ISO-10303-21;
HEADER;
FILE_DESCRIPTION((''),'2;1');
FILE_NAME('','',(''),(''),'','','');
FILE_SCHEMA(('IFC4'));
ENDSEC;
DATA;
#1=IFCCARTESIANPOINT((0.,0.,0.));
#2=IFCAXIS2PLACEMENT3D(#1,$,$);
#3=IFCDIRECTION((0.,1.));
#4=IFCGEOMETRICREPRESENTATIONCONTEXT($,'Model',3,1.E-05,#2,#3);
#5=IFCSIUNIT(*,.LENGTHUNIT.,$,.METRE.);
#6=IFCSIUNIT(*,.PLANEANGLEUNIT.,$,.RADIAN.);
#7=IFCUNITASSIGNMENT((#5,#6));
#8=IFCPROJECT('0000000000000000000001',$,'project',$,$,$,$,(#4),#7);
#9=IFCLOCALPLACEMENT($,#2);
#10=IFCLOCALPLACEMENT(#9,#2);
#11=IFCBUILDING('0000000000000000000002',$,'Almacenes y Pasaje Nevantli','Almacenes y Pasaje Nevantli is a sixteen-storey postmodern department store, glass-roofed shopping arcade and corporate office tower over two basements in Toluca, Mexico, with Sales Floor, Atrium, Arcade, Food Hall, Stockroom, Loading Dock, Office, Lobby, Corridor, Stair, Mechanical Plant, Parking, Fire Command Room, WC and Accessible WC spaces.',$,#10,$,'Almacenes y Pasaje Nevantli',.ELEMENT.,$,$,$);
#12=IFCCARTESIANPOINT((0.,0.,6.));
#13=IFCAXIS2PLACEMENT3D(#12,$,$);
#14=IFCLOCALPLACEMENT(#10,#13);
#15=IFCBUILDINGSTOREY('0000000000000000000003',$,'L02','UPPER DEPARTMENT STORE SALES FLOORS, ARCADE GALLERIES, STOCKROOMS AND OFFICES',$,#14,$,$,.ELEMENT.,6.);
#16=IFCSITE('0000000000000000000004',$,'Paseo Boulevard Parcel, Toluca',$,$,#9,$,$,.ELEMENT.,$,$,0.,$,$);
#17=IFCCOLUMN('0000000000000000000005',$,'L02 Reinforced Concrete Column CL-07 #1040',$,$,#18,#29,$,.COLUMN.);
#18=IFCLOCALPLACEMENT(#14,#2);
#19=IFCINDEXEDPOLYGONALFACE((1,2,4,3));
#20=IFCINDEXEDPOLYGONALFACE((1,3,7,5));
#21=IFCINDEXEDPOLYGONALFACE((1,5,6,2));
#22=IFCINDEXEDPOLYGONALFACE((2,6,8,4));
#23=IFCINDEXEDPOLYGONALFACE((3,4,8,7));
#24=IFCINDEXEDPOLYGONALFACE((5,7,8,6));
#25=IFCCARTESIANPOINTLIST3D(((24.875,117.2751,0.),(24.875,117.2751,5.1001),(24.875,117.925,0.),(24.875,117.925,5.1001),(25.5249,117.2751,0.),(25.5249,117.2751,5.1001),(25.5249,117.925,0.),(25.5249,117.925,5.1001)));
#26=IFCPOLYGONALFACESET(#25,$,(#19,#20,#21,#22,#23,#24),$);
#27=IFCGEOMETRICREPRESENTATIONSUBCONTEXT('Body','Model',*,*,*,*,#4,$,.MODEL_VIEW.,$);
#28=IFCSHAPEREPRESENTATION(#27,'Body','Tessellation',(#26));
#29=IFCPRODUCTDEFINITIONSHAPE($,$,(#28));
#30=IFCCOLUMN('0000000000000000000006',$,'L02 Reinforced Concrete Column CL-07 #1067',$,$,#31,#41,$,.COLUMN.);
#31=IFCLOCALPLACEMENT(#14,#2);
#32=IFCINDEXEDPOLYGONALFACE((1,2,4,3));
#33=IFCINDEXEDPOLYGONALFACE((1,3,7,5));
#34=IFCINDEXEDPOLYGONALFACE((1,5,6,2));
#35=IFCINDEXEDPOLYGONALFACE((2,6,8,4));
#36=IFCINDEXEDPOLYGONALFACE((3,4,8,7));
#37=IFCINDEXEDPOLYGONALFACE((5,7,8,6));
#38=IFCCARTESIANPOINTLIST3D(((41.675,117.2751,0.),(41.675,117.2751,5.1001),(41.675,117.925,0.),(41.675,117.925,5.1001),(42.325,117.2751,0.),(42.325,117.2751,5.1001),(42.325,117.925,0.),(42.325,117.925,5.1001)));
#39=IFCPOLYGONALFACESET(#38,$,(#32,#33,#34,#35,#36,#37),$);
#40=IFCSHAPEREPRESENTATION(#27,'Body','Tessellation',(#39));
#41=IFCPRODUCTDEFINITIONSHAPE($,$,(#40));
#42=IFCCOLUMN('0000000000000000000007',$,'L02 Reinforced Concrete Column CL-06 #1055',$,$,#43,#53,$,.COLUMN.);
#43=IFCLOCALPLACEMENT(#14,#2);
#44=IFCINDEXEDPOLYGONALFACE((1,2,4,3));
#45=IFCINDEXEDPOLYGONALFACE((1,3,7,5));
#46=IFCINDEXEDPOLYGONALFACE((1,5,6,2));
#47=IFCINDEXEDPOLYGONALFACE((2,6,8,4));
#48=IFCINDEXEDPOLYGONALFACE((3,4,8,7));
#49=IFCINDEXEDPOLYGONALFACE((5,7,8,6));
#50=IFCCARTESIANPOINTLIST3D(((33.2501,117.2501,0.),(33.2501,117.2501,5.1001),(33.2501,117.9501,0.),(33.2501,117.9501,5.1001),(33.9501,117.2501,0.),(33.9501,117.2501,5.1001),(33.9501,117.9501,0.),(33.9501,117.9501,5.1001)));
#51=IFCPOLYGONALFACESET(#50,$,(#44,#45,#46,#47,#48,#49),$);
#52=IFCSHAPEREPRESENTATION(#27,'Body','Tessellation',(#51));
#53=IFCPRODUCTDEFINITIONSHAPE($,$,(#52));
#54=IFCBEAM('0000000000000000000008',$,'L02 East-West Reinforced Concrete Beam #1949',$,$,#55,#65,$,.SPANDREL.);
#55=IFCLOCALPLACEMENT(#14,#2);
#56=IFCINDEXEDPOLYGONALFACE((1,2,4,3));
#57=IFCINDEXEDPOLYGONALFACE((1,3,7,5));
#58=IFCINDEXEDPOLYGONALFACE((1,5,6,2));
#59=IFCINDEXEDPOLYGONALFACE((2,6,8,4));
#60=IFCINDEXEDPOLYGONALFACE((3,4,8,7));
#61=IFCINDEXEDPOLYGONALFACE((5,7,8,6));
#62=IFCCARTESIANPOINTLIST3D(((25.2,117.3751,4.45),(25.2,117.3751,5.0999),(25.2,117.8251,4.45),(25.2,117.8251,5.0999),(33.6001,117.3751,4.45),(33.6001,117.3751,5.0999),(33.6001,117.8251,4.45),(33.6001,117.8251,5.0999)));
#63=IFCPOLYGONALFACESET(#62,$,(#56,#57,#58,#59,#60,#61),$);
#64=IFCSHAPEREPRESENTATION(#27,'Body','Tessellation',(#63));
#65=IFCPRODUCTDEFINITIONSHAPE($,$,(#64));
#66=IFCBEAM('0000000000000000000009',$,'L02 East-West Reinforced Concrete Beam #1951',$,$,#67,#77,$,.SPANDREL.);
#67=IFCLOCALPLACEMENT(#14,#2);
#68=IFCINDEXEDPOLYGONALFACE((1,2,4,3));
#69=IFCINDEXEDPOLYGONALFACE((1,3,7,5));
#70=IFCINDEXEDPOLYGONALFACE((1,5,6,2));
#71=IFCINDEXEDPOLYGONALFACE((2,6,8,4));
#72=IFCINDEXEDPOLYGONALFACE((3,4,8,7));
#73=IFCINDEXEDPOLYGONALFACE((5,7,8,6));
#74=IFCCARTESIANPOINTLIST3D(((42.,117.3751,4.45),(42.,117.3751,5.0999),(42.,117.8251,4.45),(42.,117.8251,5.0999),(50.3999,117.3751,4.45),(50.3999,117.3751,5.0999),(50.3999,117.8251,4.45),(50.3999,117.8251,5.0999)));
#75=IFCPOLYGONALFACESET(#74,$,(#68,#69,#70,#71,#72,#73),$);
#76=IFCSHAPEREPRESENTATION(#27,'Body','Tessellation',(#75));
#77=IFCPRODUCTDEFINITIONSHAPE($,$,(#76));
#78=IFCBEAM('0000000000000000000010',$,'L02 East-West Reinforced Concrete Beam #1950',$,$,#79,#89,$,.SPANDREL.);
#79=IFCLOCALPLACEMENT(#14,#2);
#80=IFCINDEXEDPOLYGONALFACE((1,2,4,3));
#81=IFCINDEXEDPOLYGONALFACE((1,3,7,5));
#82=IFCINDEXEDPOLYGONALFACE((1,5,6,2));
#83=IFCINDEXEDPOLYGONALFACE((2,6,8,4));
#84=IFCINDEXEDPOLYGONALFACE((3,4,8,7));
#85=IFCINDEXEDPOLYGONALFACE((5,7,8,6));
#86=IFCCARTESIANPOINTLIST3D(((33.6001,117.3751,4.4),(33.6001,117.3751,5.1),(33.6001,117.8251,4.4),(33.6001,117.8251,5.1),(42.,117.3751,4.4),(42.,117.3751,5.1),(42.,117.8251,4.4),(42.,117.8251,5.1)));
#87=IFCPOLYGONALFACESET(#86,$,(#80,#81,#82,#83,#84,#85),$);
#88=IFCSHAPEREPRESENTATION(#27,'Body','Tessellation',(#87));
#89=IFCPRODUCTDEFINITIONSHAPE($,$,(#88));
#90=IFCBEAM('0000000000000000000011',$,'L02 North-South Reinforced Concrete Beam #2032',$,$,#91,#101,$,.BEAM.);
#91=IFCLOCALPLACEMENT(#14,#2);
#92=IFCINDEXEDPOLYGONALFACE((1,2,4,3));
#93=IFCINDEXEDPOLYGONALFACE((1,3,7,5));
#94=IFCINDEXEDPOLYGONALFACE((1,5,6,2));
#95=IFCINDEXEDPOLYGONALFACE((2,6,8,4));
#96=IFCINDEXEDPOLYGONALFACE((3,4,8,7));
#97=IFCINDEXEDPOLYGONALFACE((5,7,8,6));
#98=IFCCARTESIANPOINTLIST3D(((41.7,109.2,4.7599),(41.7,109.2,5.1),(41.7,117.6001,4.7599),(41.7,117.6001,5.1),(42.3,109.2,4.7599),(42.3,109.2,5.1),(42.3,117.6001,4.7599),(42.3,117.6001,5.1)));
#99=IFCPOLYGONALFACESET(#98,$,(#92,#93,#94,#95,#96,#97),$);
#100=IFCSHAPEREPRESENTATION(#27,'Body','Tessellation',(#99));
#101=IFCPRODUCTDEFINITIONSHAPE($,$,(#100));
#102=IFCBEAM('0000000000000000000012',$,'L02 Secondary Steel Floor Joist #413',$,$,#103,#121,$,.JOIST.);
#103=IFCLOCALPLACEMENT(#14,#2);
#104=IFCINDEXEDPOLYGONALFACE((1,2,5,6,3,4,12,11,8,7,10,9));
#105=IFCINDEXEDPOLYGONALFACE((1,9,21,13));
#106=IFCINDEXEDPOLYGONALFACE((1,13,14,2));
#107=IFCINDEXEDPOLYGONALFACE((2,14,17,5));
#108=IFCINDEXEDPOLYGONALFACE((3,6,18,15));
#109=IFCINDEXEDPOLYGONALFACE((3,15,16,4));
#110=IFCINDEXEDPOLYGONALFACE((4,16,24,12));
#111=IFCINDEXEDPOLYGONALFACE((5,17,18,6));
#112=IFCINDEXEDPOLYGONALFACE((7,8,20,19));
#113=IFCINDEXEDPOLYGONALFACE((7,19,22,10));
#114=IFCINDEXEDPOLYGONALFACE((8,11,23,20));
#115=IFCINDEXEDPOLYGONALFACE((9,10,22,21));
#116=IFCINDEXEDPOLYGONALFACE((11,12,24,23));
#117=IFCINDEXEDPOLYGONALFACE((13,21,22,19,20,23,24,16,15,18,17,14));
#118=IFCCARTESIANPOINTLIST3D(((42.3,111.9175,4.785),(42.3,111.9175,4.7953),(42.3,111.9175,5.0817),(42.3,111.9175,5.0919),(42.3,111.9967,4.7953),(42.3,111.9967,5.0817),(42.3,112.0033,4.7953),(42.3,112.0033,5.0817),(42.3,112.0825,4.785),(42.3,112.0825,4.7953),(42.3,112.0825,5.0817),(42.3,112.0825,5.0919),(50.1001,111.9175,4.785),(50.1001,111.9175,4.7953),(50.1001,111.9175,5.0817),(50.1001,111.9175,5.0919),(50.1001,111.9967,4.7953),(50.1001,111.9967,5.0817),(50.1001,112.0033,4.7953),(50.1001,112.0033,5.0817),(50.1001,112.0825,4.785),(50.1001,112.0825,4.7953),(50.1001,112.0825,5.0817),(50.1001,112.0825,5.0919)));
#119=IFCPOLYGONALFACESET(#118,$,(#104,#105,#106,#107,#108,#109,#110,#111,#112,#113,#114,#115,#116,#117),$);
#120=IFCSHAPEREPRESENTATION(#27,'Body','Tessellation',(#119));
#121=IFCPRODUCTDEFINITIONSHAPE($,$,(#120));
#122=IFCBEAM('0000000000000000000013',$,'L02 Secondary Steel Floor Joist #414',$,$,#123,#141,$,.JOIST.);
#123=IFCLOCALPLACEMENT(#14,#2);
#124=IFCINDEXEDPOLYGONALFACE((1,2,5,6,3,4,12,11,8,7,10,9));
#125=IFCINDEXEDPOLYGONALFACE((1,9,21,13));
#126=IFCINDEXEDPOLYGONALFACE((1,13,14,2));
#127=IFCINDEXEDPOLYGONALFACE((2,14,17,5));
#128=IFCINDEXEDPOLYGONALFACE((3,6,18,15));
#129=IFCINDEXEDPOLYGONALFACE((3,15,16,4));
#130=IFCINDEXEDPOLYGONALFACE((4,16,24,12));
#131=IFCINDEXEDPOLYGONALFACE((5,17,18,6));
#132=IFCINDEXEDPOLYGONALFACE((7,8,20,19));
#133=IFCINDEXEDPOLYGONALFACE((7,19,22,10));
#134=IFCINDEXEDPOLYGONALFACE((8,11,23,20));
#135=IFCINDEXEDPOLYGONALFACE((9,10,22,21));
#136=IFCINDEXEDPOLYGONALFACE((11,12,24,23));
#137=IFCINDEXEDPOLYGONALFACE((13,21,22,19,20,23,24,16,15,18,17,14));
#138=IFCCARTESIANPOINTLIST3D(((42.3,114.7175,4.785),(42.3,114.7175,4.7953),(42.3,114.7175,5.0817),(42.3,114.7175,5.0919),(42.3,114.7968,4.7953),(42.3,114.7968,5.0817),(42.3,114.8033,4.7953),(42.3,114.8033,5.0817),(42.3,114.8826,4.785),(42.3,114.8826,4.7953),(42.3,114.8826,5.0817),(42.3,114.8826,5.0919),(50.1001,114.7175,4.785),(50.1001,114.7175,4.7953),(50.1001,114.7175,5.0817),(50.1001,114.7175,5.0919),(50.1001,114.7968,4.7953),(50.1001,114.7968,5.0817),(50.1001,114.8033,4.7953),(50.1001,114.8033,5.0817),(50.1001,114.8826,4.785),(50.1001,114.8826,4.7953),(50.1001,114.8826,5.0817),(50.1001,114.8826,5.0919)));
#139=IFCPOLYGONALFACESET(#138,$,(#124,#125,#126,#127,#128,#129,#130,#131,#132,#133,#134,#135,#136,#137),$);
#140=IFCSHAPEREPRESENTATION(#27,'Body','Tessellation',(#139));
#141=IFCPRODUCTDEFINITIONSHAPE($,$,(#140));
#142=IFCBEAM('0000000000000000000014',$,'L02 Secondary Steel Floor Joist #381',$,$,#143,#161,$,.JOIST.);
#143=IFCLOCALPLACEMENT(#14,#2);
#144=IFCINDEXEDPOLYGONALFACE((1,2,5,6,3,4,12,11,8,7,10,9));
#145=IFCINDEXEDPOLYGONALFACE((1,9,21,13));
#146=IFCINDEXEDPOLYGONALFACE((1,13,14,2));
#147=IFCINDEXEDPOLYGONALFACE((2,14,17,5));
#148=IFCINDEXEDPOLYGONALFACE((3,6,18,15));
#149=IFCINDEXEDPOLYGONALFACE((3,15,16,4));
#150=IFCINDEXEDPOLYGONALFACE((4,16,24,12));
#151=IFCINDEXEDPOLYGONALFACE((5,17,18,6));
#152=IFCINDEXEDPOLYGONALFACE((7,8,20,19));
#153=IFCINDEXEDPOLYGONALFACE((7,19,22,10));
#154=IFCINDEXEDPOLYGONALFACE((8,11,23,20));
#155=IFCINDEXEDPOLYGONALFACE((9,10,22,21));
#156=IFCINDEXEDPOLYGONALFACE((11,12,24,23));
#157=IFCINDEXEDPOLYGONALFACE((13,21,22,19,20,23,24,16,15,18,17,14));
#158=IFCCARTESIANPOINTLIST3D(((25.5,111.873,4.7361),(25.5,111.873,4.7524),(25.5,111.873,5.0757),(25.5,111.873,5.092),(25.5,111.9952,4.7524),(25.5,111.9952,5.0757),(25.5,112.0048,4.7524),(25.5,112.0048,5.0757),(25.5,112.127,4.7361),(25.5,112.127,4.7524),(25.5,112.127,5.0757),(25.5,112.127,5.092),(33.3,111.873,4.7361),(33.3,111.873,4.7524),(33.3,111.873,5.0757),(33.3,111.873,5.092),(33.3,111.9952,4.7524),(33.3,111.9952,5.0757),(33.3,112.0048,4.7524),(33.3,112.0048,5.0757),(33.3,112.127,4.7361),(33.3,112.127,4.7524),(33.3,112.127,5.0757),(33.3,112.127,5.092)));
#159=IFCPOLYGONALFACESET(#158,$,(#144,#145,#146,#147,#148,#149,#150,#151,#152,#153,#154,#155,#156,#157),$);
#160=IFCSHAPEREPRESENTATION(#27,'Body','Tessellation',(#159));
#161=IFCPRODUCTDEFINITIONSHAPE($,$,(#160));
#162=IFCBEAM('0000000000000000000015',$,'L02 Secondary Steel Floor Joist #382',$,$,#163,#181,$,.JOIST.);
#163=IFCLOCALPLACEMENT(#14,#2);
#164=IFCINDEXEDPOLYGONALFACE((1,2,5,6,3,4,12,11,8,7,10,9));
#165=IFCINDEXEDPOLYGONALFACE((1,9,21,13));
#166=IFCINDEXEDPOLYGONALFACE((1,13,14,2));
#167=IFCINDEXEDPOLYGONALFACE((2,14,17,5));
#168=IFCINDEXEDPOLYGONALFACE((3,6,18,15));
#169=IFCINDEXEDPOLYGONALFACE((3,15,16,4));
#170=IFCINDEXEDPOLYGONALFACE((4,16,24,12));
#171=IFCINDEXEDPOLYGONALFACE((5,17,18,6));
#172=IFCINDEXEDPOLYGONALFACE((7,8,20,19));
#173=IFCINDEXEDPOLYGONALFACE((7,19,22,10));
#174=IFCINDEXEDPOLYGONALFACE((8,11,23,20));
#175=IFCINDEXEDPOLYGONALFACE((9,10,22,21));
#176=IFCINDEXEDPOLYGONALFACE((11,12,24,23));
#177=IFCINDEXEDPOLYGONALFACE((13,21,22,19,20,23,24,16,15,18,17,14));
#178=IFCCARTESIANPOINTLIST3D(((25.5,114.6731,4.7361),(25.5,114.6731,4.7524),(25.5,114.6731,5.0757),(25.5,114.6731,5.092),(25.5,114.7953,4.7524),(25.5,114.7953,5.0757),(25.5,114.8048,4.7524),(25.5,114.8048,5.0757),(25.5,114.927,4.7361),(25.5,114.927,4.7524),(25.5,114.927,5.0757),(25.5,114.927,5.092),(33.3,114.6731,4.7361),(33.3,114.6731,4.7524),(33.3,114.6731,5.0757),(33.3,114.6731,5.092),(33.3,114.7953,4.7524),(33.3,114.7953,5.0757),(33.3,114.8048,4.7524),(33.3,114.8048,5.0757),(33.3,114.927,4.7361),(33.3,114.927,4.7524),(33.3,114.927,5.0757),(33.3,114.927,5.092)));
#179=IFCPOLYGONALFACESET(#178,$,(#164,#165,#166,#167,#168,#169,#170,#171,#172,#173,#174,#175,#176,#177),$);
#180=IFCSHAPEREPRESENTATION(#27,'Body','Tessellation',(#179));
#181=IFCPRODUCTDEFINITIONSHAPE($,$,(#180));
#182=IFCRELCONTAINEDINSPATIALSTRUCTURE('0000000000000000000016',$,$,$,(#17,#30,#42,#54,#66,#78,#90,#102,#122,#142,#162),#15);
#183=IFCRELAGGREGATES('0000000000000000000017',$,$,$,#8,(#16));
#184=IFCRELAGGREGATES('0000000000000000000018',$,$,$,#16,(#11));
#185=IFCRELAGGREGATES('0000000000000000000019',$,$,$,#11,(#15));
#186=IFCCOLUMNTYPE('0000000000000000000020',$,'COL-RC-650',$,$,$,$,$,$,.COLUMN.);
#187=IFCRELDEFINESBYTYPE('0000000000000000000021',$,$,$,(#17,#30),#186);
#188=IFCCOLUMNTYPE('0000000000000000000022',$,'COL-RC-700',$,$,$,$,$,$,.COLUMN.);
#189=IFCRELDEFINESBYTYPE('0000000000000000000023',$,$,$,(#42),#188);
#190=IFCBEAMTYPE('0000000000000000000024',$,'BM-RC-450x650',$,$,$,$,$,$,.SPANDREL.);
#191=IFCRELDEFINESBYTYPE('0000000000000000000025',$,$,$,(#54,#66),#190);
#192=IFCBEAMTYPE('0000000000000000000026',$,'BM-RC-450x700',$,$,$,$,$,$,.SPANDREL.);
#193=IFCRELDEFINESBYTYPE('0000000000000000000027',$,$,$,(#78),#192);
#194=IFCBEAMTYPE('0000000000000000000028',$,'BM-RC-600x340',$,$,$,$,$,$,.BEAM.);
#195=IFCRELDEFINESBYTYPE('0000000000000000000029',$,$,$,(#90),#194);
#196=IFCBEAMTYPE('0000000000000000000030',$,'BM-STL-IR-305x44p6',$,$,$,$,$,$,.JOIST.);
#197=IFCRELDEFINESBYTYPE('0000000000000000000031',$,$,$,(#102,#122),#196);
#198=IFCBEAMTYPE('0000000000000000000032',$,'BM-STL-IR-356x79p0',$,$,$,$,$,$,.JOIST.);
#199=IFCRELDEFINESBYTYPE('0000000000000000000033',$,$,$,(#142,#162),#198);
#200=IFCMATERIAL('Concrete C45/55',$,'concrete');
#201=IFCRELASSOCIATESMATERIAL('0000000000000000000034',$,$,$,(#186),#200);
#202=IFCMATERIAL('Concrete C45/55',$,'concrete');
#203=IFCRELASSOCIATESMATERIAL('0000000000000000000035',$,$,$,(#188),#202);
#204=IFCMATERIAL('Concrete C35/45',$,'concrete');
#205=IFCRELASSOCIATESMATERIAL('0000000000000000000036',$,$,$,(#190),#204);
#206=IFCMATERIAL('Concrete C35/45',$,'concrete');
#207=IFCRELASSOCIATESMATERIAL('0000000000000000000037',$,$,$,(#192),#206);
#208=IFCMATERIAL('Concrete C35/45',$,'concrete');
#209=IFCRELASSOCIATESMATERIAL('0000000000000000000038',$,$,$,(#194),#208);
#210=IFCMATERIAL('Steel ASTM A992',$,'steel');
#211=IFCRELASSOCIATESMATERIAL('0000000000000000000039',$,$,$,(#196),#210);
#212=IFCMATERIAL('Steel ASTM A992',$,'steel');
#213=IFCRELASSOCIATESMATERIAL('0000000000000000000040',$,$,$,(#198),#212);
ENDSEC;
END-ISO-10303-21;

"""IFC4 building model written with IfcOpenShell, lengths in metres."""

from ifc_helpers import new_model, si_unit, direction, frame, origin, origin_2d, place, context, subcontext, project, spatial, rectangle, i_section, extrude, material, material_profile, profile_set, type_object, element, save


model = new_model("IFC4")

# Units and contexts
model_context = context("Model", 3, precision=1e-05, world=origin(), true_north=direction((0.0, 1.0)))
body_context = subcontext(model_context, "Body", "Model", "MODEL_VIEW")
ifc_project = project(units=[si_unit("LENGTHUNIT", "METRE"), si_unit("PLANEANGLEUNIT", "RADIAN")], contexts=[model_context])

# Site, building, storey
site_placement = place(None, origin())
site = spatial("IfcSite", under=ifc_project, at=site_placement, Name="Paseo Boulevard Parcel, Toluca", CompositionType="ELEMENT", RefElevation=0.0)
building_placement = place(site_placement, origin())
building = spatial("IfcBuilding", under=site, at=building_placement, Name="Almacenes y Pasaje Nevantli", Description="Almacenes y Pasaje Nevantli is a sixteen-storey postmodern department store, glass-roofed shopping arcade and corporate office tower over two basements in Toluca, Mexico, with Sales Floor, Atrium, Arcade, Food Hall, Stockroom, Loading Dock, Office, Lobby, Corridor, Stair, Mechanical Plant, Parking, Fire Command Room, WC and Accessible WC spaces.", LongName="Almacenes y Pasaje Nevantli", CompositionType="ELEMENT")
storey_placement = place(building_placement, frame((0.0, 0.0, 6.0)))
storey = spatial("IfcBuildingStorey", under=building, at=storey_placement, Name="L02", Description="UPPER DEPARTMENT STORE SALES FLOORS, ARCADE GALLERIES, STOCKROOMS AND OFFICES", CompositionType="ELEMENT", Elevation=6.0)

# Columns
ifc_material_1 = material(Name="Concrete C45/55", Category="concrete")
ifc_material_profile_1 = material_profile(ifc_material_1, rectangle(XDim=0.6499, YDim=0.6499, at=origin_2d()), Name="RC-COL-650x650")
ifc_profile_set_1 = profile_set([ifc_material_profile_1], Name="Concrete C45/55")
column_type_1 = type_object("IfcColumnType", Name="COL-RC-650", PredefinedType="COLUMN", material=ifc_profile_set_1)
for number, where, z_axis, x_axis, name in (
    (1, (25.2, 117.6001, 0.0), (0.0, 0.0, 1.0), (1.0, 0.0, 0.0), "L02 Reinforced Concrete Column CL-07 #1040"),
    (2, (42.0, 117.6001, 0.0), (0.0, 0.0, 1.0), (1.0, 0.0, 0.0), "L02 Reinforced Concrete Column CL-07 #1067"),
):
    element("IfcColumn", number, at=place(storey_placement, frame(where, z_axis=z_axis, x_axis=x_axis)), inside=storey, type_object=column_type_1, Name=name, PredefinedType="COLUMN", context=body_context, shape_type="SweptSolid", body=[
        extrude(rectangle(XDim=0.6499, YDim=0.6499, at=origin_2d()), origin(), (0.0, 0.0, 1.0), 5.1001),
    ])
ifc_material_2 = material(Name="Concrete C45/55", Category="concrete")
ifc_material_profile_2 = material_profile(ifc_material_2, rectangle(XDim=0.7, YDim=0.7, at=origin_2d()), Name="RC-COL-700x700")
ifc_profile_set_2 = profile_set([ifc_material_profile_2], Name="Concrete C45/55")
column_type_2 = type_object("IfcColumnType", Name="COL-RC-700", PredefinedType="COLUMN", material=ifc_profile_set_2)
column_placement = place(storey_placement, frame((33.6001, 117.6001, 0.0), z_axis=(0.0, 0.0, 1.0), x_axis=(1.0, 0.0, 0.0)))
element("IfcColumn", 3, at=column_placement, inside=storey, type_object=column_type_2, Name="L02 Reinforced Concrete Column CL-06 #1055", PredefinedType="COLUMN", context=body_context, shape_type="SweptSolid", body=[
    extrude(rectangle(XDim=0.7, YDim=0.7, at=origin_2d()), origin(), (0.0, 0.0, 1.0), 5.1001),
])

# Beams
ifc_material_3 = material(Name="Concrete C35/45", Category="concrete")
ifc_material_profile_3 = material_profile(ifc_material_3, rectangle(XDim=0.45, YDim=0.6499, at=origin_2d()), Name="RC-BM-450x650")
ifc_profile_set_3 = profile_set([ifc_material_profile_3], Name="Concrete C35/45")
beam_type_1 = type_object("IfcBeamType", Name="BM-RC-450x650", PredefinedType="SPANDREL", material=ifc_profile_set_3)
beam_1_placement = place(storey_placement, frame((25.2, 117.6001, 4.7749), z_axis=(1.0, 0.0, 0.0), x_axis=(0.0, 1.0, 0.0)))
element("IfcBeam", 4, at=beam_1_placement, inside=storey, type_object=beam_type_1, Name="L02 East-West Reinforced Concrete Beam #1949", PredefinedType="SPANDREL", context=body_context, shape_type="SweptSolid", body=[
    extrude(rectangle(XDim=0.45, YDim=0.6499, at=origin_2d()), origin(), (0.0, 0.0, 1.0), 8.4001),
])
beam_2_placement = place(storey_placement, frame((42.0, 117.6001, 4.7749), z_axis=(1.0, 0.0, 0.0), x_axis=(0.0, 1.0, 0.0)))
element("IfcBeam", 5, at=beam_2_placement, inside=storey, type_object=beam_type_1, Name="L02 East-West Reinforced Concrete Beam #1951", PredefinedType="SPANDREL", context=body_context, shape_type="SweptSolid", body=[
    extrude(rectangle(XDim=0.45, YDim=0.6499, at=origin_2d()), origin(), (0.0, 0.0, 1.0), 8.3999),
])
ifc_material_4 = material(Name="Concrete C35/45", Category="concrete")
ifc_material_profile_4 = material_profile(ifc_material_4, rectangle(XDim=0.45, YDim=0.7, at=origin_2d()), Name="RC-BM-450x700")
ifc_profile_set_4 = profile_set([ifc_material_profile_4], Name="Concrete C35/45")
beam_type_2 = type_object("IfcBeamType", Name="BM-RC-450x700", PredefinedType="SPANDREL", material=ifc_profile_set_4)
beam_3_placement = place(storey_placement, frame((33.6001, 117.6001, 4.75), z_axis=(1.0, 0.0, 0.0), x_axis=(0.0, 1.0, 0.0)))
element("IfcBeam", 6, at=beam_3_placement, inside=storey, type_object=beam_type_2, Name="L02 East-West Reinforced Concrete Beam #1950", PredefinedType="SPANDREL", context=body_context, shape_type="SweptSolid", body=[
    extrude(rectangle(XDim=0.45, YDim=0.7, at=origin_2d()), origin(), (0.0, 0.0, 1.0), 8.3999),
])
ifc_material_5 = material(Name="Concrete C35/45", Category="concrete")
ifc_material_profile_5 = material_profile(ifc_material_5, rectangle(XDim=0.6001, YDim=0.3401, at=origin_2d()), Name="RC-BM-600x340")
ifc_profile_set_5 = profile_set([ifc_material_profile_5], Name="Concrete C35/45")
beam_type_3 = type_object("IfcBeamType", Name="BM-RC-600x340", PredefinedType="BEAM", material=ifc_profile_set_5)
beam_4_placement = place(storey_placement, frame((42.0, 109.2, 4.9299), z_axis=(0.0, 1.0, 0.0), x_axis=(-1.0, 0.0, 0.0)))
element("IfcBeam", 7, at=beam_4_placement, inside=storey, type_object=beam_type_3, Name="L02 North-South Reinforced Concrete Beam #2032", PredefinedType="BEAM", context=body_context, shape_type="SweptSolid", body=[
    extrude(rectangle(XDim=0.6001, YDim=0.3401, at=origin_2d()), origin(), (0.0, 0.0, 1.0), 8.4001),
])
ifc_material_6 = material(Name="Steel ASTM A992", Category="steel")
ifc_material_profile_6 = material_profile(ifc_material_6, i_section(OverallWidth=0.165, OverallDepth=0.3069, WebThickness=0.0066, FlangeThickness=0.0103, at=origin_2d()), Name="IR 305x44.6")
ifc_profile_set_6 = profile_set([ifc_material_profile_6], Name="Steel ASTM A992")
beam_type_4 = type_object("IfcBeamType", Name="BM-STL-IR-305x44p6", PredefinedType="JOIST", material=ifc_profile_set_6)
for number, where, z_axis, x_axis, name in (
    (8, (42.3, 112.0, 4.9385), (1.0, 0.0, 0.0), (0.0, 1.0, 0.0), "L02 Secondary Steel Floor Joist #413"),
    (9, (42.3, 114.8, 4.9385), (1.0, 0.0, 0.0), (0.0, 1.0, 0.0), "L02 Secondary Steel Floor Joist #414"),
):
    element("IfcBeam", number, at=place(storey_placement, frame(where, z_axis=z_axis, x_axis=x_axis)), inside=storey, type_object=beam_type_4, Name=name, PredefinedType="JOIST", context=body_context, shape_type="SweptSolid", body=[
        extrude(i_section(OverallWidth=0.165, OverallDepth=0.3069, WebThickness=0.0066, FlangeThickness=0.0103, at=origin_2d()), origin(), (0.0, 0.0, 1.0), 7.8),
    ])
ifc_material_7 = material(Name="Steel ASTM A992", Category="steel")
ifc_material_profile_7 = material_profile(ifc_material_7, i_section(OverallWidth=0.2539, OverallDepth=0.356, WebThickness=0.0095, FlangeThickness=0.0164, at=origin_2d()), Name="IR 356x79.0")
ifc_profile_set_7 = profile_set([ifc_material_profile_7], Name="Steel ASTM A992")
beam_type_5 = type_object("IfcBeamType", Name="BM-STL-IR-356x79p0", PredefinedType="JOIST", material=ifc_profile_set_7)
for number, where, z_axis, x_axis, name in (
    (10, (25.5, 112.0, 4.9141), (1.0, 0.0, 0.0), (0.0, 1.0, 0.0), "L02 Secondary Steel Floor Joist #381"),
    (11, (25.5, 114.8, 4.9141), (1.0, 0.0, 0.0), (0.0, 1.0, 0.0), "L02 Secondary Steel Floor Joist #382"),
):
    element("IfcBeam", number, at=place(storey_placement, frame(where, z_axis=z_axis, x_axis=x_axis)), inside=storey, type_object=beam_type_5, Name=name, PredefinedType="JOIST", context=body_context, shape_type="SweptSolid", body=[
        extrude(i_section(OverallWidth=0.2539, OverallDepth=0.356, WebThickness=0.0095, FlangeThickness=0.0164, at=origin_2d()), origin(), (0.0, 0.0, 1.0), 7.8),
    ])

save(model, "model.ifc")
